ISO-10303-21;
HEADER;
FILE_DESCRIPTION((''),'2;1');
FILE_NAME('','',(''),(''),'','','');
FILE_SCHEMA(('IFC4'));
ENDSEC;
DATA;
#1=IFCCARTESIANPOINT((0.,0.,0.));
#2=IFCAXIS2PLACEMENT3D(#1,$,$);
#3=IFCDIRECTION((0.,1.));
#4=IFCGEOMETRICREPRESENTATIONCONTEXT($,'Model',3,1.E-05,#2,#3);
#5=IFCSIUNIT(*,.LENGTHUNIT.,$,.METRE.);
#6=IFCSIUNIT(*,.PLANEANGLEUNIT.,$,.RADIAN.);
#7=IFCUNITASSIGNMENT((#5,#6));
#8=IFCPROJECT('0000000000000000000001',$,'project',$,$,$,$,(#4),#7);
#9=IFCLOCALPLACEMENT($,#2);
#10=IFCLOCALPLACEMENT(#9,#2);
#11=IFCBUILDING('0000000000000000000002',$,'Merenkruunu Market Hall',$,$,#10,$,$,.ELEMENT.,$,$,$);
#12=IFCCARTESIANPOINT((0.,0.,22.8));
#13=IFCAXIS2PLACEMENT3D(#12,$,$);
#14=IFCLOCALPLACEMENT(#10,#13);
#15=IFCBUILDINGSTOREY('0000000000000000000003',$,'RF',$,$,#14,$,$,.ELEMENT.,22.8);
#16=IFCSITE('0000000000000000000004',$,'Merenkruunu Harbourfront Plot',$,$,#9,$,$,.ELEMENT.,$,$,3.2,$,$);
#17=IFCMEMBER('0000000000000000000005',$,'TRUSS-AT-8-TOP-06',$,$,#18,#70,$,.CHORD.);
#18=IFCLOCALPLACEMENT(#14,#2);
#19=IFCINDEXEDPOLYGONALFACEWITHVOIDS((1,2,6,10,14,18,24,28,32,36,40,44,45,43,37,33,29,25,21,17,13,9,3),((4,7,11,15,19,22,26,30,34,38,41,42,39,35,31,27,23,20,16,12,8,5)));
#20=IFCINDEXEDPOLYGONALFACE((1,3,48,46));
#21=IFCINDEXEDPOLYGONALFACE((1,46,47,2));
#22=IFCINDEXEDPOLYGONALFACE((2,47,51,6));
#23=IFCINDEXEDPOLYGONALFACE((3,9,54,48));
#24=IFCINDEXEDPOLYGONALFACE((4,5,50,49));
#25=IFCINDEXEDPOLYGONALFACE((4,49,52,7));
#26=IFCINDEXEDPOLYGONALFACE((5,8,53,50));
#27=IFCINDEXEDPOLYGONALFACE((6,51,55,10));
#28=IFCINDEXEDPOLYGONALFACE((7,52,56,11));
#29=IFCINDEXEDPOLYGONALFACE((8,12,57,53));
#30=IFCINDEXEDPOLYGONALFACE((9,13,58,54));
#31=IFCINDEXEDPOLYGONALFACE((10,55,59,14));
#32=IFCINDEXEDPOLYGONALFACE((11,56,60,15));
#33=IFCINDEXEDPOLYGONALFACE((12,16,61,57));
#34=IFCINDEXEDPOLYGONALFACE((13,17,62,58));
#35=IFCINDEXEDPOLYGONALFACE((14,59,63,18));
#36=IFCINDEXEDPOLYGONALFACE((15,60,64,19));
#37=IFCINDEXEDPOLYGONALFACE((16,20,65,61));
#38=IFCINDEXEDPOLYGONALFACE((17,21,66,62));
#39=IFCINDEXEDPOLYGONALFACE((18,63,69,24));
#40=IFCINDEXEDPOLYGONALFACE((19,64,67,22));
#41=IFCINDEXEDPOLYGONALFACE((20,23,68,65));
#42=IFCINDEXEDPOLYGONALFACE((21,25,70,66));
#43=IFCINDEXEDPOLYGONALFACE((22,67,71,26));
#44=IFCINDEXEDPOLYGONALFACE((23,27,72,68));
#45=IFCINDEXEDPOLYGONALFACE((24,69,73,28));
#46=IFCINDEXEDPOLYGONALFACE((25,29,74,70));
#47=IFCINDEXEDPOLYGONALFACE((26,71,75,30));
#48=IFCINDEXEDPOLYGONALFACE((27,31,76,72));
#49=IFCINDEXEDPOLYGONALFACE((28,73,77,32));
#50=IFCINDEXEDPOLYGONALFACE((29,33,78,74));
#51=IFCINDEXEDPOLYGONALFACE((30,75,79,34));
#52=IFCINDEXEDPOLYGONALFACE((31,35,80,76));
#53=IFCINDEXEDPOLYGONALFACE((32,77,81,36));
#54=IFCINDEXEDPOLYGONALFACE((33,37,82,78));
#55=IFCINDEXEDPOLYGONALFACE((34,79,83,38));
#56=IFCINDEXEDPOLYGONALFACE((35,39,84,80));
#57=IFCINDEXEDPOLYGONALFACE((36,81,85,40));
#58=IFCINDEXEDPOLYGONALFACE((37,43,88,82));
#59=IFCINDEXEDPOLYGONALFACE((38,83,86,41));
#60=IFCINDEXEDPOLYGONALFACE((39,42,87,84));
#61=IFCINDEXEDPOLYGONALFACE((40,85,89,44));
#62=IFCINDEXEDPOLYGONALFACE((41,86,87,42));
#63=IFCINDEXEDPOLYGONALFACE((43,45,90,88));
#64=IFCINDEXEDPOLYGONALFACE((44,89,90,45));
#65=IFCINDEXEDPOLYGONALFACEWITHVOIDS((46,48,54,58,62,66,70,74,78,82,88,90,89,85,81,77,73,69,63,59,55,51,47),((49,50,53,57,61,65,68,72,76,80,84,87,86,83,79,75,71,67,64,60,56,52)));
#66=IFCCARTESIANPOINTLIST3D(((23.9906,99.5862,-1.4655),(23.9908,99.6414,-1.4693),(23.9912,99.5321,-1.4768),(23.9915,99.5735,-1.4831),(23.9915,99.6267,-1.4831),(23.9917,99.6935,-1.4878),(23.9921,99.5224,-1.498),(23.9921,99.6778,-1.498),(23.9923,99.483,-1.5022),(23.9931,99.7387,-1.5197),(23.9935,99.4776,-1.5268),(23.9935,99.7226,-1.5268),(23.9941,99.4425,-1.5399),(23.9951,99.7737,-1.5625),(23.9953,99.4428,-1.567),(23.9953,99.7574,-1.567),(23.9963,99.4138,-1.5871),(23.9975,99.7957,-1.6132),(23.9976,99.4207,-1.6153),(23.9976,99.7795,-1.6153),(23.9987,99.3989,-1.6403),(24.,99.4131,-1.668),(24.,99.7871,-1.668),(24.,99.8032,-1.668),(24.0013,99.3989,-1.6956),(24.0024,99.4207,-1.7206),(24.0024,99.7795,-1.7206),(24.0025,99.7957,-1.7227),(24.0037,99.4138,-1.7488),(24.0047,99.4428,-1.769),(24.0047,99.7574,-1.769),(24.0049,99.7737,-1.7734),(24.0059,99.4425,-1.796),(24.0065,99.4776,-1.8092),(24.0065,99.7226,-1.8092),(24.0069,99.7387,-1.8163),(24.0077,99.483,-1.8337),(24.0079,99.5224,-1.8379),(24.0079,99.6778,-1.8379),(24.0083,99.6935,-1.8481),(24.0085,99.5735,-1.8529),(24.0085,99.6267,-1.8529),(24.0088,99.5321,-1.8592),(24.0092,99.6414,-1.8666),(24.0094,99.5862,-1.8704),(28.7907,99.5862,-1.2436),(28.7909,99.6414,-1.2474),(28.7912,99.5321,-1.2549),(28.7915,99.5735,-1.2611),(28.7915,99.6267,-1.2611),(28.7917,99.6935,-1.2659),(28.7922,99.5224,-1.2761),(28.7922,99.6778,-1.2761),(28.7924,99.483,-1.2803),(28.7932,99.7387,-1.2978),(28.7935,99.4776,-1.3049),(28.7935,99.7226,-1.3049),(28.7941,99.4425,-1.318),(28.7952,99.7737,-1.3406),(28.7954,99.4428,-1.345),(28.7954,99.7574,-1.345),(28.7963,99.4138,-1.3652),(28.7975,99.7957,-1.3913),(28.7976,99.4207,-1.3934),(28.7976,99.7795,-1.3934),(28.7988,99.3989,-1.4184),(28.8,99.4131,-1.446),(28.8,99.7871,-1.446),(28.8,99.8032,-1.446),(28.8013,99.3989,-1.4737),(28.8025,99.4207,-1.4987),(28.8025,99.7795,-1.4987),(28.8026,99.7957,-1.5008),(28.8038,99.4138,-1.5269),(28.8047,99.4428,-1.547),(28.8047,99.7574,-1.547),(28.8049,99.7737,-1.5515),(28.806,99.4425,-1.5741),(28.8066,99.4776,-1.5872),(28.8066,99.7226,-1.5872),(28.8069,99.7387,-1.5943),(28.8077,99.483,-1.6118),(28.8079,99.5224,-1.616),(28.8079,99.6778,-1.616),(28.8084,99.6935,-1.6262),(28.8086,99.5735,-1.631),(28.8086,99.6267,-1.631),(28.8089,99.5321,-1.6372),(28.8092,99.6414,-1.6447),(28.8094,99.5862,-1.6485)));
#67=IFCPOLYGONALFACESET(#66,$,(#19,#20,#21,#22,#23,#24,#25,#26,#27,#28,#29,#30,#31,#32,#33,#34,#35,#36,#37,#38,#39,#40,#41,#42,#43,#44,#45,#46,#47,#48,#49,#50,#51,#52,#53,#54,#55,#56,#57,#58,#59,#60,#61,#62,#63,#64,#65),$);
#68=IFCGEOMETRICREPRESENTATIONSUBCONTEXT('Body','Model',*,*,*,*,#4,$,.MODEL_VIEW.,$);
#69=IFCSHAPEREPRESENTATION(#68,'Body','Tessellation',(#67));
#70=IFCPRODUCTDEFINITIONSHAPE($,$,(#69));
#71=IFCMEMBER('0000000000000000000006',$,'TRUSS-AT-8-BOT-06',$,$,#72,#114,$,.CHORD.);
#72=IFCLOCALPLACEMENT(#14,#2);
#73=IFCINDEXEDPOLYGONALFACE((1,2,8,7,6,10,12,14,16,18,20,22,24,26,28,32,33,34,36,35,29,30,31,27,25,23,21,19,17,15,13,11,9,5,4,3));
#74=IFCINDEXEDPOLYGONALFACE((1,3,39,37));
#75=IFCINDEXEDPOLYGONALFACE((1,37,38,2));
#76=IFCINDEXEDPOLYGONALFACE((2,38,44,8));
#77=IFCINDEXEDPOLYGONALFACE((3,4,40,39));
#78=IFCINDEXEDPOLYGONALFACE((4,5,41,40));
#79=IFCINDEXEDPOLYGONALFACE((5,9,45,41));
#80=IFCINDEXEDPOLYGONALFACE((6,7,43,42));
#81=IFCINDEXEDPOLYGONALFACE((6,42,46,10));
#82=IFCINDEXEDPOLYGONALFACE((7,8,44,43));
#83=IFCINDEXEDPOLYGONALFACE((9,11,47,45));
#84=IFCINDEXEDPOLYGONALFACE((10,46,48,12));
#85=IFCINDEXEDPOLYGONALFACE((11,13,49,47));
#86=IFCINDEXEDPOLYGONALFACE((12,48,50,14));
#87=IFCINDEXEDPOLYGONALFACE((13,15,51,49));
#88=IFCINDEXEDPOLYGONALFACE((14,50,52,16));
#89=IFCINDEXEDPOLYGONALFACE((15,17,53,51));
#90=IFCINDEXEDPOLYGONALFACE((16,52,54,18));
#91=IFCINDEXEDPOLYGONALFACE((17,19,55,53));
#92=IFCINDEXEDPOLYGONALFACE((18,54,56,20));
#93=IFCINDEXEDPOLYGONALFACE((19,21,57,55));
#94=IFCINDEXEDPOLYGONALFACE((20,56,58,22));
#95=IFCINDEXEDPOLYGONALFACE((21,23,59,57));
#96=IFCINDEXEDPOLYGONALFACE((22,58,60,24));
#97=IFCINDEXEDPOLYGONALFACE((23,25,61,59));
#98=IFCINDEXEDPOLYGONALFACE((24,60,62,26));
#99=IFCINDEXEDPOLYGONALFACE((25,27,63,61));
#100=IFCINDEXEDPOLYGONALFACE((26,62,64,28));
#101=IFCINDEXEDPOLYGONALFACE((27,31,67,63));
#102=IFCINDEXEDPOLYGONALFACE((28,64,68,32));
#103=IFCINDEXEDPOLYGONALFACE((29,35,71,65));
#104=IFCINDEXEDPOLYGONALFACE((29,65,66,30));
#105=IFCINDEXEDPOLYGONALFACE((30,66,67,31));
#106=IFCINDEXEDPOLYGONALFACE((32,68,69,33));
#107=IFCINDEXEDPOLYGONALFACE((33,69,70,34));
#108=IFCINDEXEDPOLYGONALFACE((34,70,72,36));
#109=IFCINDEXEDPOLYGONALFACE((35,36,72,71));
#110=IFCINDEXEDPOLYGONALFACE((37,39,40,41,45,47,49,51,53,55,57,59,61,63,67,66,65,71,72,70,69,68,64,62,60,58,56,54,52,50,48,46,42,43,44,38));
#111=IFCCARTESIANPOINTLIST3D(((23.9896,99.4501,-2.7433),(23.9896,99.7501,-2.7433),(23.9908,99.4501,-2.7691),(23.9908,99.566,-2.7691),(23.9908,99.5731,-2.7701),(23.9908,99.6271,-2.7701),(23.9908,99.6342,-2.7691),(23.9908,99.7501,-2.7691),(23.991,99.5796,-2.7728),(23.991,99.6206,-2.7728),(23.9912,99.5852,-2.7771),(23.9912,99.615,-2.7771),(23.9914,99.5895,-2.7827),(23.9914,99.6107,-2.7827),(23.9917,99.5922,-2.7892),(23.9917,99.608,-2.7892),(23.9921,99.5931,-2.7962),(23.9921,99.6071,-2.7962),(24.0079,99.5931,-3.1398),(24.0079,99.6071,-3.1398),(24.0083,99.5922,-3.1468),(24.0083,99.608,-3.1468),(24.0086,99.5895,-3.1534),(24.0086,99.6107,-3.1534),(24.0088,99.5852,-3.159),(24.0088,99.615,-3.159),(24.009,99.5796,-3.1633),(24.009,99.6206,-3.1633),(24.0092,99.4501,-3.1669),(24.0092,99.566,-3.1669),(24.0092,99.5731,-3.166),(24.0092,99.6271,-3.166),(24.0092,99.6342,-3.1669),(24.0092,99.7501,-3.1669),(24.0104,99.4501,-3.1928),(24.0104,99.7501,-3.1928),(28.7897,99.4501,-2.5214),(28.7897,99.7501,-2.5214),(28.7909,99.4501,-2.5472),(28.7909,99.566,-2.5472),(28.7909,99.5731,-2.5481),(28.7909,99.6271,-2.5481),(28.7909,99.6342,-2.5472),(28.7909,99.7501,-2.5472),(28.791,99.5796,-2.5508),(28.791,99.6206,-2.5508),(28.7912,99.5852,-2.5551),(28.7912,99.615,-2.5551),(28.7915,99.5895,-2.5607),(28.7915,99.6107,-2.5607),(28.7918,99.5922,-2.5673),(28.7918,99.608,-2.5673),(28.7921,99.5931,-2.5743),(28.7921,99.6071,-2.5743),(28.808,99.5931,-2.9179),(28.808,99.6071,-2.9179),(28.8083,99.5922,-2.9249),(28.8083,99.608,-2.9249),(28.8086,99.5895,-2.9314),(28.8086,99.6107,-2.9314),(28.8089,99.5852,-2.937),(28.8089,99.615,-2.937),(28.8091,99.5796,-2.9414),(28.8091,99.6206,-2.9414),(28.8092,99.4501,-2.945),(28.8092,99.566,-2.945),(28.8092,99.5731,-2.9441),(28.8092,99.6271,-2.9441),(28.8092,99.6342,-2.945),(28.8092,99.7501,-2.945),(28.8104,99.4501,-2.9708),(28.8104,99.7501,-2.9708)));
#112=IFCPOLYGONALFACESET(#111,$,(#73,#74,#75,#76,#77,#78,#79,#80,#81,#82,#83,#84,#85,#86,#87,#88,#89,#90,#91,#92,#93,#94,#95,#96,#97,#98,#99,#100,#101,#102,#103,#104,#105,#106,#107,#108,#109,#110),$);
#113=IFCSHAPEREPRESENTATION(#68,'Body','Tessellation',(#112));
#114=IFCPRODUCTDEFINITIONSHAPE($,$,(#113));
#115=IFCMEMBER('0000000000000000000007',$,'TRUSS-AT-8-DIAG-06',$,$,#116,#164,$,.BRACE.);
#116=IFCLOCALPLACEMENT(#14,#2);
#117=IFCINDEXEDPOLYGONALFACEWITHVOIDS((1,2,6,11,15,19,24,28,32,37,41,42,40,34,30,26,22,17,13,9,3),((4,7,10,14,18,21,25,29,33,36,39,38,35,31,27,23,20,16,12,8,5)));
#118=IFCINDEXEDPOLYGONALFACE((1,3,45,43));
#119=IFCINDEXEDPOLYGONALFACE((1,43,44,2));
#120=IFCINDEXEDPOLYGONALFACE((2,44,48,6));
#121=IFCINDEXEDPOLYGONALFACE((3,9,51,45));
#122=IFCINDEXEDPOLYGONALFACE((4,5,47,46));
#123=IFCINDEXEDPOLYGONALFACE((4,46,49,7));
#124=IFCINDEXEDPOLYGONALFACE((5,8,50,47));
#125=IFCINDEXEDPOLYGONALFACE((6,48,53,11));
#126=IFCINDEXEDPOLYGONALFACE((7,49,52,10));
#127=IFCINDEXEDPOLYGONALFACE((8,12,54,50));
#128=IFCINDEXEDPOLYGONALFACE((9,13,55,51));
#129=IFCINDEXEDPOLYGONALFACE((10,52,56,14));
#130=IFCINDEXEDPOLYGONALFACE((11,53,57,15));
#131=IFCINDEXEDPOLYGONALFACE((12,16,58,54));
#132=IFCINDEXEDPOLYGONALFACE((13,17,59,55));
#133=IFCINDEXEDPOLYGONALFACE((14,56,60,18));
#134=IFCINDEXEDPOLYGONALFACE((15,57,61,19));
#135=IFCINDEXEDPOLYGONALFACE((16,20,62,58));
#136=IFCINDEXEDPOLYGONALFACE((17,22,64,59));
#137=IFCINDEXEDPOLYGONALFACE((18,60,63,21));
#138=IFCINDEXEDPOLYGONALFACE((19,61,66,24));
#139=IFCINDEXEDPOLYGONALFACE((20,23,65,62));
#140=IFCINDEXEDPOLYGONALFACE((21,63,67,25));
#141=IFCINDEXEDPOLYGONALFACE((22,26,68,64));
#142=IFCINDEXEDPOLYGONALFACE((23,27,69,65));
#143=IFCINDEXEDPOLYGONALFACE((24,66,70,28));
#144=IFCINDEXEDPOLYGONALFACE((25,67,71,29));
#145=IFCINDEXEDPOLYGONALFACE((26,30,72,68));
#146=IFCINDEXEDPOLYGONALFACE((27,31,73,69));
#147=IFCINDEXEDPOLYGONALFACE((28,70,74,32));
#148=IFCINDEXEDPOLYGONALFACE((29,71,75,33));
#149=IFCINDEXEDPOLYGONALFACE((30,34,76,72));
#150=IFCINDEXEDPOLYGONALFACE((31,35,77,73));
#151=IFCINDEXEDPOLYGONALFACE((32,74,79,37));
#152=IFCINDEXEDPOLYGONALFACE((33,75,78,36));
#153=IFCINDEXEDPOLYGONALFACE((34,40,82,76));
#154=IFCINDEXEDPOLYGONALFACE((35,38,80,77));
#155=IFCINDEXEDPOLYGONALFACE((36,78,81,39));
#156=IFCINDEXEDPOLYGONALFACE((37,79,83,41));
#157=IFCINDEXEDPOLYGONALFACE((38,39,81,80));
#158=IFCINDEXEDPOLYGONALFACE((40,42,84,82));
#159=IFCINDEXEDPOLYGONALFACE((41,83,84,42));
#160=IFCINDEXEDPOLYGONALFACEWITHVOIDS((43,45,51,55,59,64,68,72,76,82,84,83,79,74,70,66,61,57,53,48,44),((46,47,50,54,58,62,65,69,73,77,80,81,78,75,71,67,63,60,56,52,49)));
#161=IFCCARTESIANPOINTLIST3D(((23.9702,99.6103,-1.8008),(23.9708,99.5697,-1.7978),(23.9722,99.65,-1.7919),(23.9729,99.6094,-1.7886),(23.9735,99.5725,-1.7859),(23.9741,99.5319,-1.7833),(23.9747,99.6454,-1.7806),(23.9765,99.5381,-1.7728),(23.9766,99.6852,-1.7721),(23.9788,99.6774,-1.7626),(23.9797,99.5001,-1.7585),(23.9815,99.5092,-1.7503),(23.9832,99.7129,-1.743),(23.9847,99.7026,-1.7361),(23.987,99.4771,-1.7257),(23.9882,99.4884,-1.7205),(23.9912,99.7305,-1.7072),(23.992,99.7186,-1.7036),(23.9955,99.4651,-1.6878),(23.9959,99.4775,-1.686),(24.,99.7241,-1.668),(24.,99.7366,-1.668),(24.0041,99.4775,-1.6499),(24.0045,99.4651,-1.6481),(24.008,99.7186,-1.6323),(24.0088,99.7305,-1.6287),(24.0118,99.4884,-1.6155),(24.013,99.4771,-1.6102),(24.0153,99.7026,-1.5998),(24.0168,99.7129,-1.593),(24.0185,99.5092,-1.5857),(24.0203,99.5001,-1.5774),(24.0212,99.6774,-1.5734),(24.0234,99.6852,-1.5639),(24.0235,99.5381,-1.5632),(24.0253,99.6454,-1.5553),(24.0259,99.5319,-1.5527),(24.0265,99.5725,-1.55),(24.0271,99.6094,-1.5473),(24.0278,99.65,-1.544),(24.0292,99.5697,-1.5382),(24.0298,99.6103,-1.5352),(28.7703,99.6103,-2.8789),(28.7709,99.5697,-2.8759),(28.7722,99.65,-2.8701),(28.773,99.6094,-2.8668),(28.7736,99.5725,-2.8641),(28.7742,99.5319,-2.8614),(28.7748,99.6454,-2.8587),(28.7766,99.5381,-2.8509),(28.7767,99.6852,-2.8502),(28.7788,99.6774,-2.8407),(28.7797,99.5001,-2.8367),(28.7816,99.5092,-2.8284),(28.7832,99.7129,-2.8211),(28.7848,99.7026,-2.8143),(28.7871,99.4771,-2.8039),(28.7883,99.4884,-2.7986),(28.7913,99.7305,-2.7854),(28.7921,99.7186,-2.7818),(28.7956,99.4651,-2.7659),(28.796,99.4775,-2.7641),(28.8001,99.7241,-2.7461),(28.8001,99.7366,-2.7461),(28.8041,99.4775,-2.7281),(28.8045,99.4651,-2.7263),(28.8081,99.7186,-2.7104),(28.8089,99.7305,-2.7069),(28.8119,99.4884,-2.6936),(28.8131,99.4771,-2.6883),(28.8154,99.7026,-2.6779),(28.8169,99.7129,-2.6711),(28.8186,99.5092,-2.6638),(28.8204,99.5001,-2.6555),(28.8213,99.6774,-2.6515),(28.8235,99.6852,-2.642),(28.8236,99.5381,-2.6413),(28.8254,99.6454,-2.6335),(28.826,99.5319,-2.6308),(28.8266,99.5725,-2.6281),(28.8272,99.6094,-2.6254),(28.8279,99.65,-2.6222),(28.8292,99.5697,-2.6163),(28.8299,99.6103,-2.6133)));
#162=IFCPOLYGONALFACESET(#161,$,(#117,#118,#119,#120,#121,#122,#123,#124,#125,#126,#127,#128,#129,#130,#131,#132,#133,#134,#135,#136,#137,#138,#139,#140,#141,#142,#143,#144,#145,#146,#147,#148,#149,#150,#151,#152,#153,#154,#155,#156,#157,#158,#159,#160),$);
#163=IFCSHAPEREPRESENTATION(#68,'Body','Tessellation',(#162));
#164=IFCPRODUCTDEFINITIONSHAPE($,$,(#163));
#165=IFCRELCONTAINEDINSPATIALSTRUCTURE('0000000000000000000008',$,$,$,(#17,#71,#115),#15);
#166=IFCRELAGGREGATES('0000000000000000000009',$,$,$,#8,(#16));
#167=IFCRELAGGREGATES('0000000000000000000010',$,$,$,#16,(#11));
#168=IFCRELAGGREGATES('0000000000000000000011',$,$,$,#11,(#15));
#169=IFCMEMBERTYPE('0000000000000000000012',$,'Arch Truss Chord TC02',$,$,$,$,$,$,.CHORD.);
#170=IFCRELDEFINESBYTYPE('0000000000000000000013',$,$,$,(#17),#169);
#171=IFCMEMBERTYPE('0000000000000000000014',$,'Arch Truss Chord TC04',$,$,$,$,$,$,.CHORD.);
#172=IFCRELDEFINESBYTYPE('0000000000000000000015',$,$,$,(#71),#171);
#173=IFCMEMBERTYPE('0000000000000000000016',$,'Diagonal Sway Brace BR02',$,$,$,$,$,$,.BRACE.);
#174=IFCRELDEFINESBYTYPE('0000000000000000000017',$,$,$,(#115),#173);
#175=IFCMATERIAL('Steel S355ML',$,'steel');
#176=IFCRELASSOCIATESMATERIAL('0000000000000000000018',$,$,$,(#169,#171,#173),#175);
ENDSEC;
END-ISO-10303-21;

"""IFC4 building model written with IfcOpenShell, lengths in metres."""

from ifc_helpers import new_model, si_unit, direction, frame, origin, origin_2d, place, context, subcontext, project, spatial, hollow_circle, i_section, extrude, material, material_profile, profile_set, type_object, element, save


model = new_model("IFC4")

# Units and contexts
model_context = context("Model", 3, precision=1e-05, world=origin(), true_north=direction((0.0, 1.0)))
body_context = subcontext(model_context, "Body", "Model", "MODEL_VIEW")
ifc_project = project(units=[si_unit("LENGTHUNIT", "METRE"), si_unit("PLANEANGLEUNIT", "RADIAN")], contexts=[model_context])

# Site, building, storey
site_placement = place(None, origin())
site = spatial("IfcSite", under=ifc_project, at=site_placement, Name="Merenkruunu Harbourfront Plot", CompositionType="ELEMENT", RefElevation=3.2)
building_placement = place(site_placement, origin())
building = spatial("IfcBuilding", under=site, at=building_placement, Name="Merenkruunu Market Hall", CompositionType="ELEMENT")
storey_placement = place(building_placement, frame((0.0, 0.0, 22.8)))
storey = spatial("IfcBuildingStorey", under=building, at=storey_placement, Name="RF", CompositionType="ELEMENT", Elevation=22.8)

# Members
ifc_material_1 = material(Name="Steel S355ML", Category="steel")
ifc_material_profile_1 = material_profile(ifc_material_1, hollow_circle(Radius=0.2031, WallThickness=0.0161, at=origin_2d()), Name="CHS 406.4x16")
ifc_profile_set_1 = profile_set([ifc_material_profile_1], Name="Steel S355ML")
member_type_1 = type_object("IfcMemberType", Name="Arch Truss Chord TC02", PredefinedType="CHORD", material=ifc_profile_set_1)
member_1_placement = place(storey_placement, frame((24.0, 99.6001, -1.668), z_axis=(0.998933, 0.0, 0.046184), x_axis=(0.0, 1.0, 0.0)))
element("IfcMember", 1, at=member_1_placement, inside=storey, type_object=member_type_1, Name="TRUSS-AT-8-TOP-06", PredefinedType="CHORD", context=body_context, shape_type="SweptSolid", body=[
    extrude(hollow_circle(Radius=0.2031, WallThickness=0.0161, at=origin_2d()), origin(), (0.0, 0.0, 1.0), 4.8052),
])
ifc_material_profile_2 = material_profile(ifc_material_1, i_section(OverallWidth=0.3, OverallDepth=0.45, WebThickness=0.0139, FlangeThickness=0.0259, FilletRadius=0.0271, at=origin_2d()), Name="HEB 450")
ifc_profile_set_2 = profile_set([ifc_material_profile_2], Name="Steel S355ML")
member_type_2 = type_object("IfcMemberType", Name="Arch Truss Chord TC04", PredefinedType="CHORD", material=ifc_profile_set_2)
member_2_placement = place(storey_placement, frame((24.0, 99.6001, -2.968), z_axis=(0.998933, 0.0, 0.046184), x_axis=(0.0, 1.0, 0.0)))
element("IfcMember", 2, at=member_2_placement, inside=storey, type_object=member_type_2, Name="TRUSS-AT-8-BOT-06", PredefinedType="CHORD", context=body_context, shape_type="SweptSolid", body=[
    extrude(i_section(OverallWidth=0.3, OverallDepth=0.45, WebThickness=0.0139, FlangeThickness=0.0259, FilletRadius=0.0271, at=origin_2d()), origin(), (0.0, 0.0, 1.0), 4.8052),
])
ifc_material_profile_3 = material_profile(ifc_material_1, hollow_circle(Radius=0.1365, WallThickness=0.0125, at=origin_2d()), Name="CHS 273x12.5")
ifc_profile_set_3 = profile_set([ifc_material_profile_3], Name="Steel S355ML")
member_type_3 = type_object("IfcMemberType", Name="Diagonal Sway Brace BR02", PredefinedType="BRACE", material=ifc_profile_set_3)
member_3_placement = place(storey_placement, frame((24.0, 99.6001, -1.668), z_axis=(0.975692, 0.0, -0.219147), x_axis=(0.0, 1.0, 0.0)))
element("IfcMember", 3, at=member_3_placement, inside=storey, type_object=member_type_3, Name="TRUSS-AT-8-DIAG-06", PredefinedType="BRACE", context=body_context, shape_type="SweptSolid", body=[
    extrude(hollow_circle(Radius=0.1365, WallThickness=0.0125, at=origin_2d()), origin(), (0.0, 0.0, 1.0), 4.9197),
])

save(model, "model.ifc")
